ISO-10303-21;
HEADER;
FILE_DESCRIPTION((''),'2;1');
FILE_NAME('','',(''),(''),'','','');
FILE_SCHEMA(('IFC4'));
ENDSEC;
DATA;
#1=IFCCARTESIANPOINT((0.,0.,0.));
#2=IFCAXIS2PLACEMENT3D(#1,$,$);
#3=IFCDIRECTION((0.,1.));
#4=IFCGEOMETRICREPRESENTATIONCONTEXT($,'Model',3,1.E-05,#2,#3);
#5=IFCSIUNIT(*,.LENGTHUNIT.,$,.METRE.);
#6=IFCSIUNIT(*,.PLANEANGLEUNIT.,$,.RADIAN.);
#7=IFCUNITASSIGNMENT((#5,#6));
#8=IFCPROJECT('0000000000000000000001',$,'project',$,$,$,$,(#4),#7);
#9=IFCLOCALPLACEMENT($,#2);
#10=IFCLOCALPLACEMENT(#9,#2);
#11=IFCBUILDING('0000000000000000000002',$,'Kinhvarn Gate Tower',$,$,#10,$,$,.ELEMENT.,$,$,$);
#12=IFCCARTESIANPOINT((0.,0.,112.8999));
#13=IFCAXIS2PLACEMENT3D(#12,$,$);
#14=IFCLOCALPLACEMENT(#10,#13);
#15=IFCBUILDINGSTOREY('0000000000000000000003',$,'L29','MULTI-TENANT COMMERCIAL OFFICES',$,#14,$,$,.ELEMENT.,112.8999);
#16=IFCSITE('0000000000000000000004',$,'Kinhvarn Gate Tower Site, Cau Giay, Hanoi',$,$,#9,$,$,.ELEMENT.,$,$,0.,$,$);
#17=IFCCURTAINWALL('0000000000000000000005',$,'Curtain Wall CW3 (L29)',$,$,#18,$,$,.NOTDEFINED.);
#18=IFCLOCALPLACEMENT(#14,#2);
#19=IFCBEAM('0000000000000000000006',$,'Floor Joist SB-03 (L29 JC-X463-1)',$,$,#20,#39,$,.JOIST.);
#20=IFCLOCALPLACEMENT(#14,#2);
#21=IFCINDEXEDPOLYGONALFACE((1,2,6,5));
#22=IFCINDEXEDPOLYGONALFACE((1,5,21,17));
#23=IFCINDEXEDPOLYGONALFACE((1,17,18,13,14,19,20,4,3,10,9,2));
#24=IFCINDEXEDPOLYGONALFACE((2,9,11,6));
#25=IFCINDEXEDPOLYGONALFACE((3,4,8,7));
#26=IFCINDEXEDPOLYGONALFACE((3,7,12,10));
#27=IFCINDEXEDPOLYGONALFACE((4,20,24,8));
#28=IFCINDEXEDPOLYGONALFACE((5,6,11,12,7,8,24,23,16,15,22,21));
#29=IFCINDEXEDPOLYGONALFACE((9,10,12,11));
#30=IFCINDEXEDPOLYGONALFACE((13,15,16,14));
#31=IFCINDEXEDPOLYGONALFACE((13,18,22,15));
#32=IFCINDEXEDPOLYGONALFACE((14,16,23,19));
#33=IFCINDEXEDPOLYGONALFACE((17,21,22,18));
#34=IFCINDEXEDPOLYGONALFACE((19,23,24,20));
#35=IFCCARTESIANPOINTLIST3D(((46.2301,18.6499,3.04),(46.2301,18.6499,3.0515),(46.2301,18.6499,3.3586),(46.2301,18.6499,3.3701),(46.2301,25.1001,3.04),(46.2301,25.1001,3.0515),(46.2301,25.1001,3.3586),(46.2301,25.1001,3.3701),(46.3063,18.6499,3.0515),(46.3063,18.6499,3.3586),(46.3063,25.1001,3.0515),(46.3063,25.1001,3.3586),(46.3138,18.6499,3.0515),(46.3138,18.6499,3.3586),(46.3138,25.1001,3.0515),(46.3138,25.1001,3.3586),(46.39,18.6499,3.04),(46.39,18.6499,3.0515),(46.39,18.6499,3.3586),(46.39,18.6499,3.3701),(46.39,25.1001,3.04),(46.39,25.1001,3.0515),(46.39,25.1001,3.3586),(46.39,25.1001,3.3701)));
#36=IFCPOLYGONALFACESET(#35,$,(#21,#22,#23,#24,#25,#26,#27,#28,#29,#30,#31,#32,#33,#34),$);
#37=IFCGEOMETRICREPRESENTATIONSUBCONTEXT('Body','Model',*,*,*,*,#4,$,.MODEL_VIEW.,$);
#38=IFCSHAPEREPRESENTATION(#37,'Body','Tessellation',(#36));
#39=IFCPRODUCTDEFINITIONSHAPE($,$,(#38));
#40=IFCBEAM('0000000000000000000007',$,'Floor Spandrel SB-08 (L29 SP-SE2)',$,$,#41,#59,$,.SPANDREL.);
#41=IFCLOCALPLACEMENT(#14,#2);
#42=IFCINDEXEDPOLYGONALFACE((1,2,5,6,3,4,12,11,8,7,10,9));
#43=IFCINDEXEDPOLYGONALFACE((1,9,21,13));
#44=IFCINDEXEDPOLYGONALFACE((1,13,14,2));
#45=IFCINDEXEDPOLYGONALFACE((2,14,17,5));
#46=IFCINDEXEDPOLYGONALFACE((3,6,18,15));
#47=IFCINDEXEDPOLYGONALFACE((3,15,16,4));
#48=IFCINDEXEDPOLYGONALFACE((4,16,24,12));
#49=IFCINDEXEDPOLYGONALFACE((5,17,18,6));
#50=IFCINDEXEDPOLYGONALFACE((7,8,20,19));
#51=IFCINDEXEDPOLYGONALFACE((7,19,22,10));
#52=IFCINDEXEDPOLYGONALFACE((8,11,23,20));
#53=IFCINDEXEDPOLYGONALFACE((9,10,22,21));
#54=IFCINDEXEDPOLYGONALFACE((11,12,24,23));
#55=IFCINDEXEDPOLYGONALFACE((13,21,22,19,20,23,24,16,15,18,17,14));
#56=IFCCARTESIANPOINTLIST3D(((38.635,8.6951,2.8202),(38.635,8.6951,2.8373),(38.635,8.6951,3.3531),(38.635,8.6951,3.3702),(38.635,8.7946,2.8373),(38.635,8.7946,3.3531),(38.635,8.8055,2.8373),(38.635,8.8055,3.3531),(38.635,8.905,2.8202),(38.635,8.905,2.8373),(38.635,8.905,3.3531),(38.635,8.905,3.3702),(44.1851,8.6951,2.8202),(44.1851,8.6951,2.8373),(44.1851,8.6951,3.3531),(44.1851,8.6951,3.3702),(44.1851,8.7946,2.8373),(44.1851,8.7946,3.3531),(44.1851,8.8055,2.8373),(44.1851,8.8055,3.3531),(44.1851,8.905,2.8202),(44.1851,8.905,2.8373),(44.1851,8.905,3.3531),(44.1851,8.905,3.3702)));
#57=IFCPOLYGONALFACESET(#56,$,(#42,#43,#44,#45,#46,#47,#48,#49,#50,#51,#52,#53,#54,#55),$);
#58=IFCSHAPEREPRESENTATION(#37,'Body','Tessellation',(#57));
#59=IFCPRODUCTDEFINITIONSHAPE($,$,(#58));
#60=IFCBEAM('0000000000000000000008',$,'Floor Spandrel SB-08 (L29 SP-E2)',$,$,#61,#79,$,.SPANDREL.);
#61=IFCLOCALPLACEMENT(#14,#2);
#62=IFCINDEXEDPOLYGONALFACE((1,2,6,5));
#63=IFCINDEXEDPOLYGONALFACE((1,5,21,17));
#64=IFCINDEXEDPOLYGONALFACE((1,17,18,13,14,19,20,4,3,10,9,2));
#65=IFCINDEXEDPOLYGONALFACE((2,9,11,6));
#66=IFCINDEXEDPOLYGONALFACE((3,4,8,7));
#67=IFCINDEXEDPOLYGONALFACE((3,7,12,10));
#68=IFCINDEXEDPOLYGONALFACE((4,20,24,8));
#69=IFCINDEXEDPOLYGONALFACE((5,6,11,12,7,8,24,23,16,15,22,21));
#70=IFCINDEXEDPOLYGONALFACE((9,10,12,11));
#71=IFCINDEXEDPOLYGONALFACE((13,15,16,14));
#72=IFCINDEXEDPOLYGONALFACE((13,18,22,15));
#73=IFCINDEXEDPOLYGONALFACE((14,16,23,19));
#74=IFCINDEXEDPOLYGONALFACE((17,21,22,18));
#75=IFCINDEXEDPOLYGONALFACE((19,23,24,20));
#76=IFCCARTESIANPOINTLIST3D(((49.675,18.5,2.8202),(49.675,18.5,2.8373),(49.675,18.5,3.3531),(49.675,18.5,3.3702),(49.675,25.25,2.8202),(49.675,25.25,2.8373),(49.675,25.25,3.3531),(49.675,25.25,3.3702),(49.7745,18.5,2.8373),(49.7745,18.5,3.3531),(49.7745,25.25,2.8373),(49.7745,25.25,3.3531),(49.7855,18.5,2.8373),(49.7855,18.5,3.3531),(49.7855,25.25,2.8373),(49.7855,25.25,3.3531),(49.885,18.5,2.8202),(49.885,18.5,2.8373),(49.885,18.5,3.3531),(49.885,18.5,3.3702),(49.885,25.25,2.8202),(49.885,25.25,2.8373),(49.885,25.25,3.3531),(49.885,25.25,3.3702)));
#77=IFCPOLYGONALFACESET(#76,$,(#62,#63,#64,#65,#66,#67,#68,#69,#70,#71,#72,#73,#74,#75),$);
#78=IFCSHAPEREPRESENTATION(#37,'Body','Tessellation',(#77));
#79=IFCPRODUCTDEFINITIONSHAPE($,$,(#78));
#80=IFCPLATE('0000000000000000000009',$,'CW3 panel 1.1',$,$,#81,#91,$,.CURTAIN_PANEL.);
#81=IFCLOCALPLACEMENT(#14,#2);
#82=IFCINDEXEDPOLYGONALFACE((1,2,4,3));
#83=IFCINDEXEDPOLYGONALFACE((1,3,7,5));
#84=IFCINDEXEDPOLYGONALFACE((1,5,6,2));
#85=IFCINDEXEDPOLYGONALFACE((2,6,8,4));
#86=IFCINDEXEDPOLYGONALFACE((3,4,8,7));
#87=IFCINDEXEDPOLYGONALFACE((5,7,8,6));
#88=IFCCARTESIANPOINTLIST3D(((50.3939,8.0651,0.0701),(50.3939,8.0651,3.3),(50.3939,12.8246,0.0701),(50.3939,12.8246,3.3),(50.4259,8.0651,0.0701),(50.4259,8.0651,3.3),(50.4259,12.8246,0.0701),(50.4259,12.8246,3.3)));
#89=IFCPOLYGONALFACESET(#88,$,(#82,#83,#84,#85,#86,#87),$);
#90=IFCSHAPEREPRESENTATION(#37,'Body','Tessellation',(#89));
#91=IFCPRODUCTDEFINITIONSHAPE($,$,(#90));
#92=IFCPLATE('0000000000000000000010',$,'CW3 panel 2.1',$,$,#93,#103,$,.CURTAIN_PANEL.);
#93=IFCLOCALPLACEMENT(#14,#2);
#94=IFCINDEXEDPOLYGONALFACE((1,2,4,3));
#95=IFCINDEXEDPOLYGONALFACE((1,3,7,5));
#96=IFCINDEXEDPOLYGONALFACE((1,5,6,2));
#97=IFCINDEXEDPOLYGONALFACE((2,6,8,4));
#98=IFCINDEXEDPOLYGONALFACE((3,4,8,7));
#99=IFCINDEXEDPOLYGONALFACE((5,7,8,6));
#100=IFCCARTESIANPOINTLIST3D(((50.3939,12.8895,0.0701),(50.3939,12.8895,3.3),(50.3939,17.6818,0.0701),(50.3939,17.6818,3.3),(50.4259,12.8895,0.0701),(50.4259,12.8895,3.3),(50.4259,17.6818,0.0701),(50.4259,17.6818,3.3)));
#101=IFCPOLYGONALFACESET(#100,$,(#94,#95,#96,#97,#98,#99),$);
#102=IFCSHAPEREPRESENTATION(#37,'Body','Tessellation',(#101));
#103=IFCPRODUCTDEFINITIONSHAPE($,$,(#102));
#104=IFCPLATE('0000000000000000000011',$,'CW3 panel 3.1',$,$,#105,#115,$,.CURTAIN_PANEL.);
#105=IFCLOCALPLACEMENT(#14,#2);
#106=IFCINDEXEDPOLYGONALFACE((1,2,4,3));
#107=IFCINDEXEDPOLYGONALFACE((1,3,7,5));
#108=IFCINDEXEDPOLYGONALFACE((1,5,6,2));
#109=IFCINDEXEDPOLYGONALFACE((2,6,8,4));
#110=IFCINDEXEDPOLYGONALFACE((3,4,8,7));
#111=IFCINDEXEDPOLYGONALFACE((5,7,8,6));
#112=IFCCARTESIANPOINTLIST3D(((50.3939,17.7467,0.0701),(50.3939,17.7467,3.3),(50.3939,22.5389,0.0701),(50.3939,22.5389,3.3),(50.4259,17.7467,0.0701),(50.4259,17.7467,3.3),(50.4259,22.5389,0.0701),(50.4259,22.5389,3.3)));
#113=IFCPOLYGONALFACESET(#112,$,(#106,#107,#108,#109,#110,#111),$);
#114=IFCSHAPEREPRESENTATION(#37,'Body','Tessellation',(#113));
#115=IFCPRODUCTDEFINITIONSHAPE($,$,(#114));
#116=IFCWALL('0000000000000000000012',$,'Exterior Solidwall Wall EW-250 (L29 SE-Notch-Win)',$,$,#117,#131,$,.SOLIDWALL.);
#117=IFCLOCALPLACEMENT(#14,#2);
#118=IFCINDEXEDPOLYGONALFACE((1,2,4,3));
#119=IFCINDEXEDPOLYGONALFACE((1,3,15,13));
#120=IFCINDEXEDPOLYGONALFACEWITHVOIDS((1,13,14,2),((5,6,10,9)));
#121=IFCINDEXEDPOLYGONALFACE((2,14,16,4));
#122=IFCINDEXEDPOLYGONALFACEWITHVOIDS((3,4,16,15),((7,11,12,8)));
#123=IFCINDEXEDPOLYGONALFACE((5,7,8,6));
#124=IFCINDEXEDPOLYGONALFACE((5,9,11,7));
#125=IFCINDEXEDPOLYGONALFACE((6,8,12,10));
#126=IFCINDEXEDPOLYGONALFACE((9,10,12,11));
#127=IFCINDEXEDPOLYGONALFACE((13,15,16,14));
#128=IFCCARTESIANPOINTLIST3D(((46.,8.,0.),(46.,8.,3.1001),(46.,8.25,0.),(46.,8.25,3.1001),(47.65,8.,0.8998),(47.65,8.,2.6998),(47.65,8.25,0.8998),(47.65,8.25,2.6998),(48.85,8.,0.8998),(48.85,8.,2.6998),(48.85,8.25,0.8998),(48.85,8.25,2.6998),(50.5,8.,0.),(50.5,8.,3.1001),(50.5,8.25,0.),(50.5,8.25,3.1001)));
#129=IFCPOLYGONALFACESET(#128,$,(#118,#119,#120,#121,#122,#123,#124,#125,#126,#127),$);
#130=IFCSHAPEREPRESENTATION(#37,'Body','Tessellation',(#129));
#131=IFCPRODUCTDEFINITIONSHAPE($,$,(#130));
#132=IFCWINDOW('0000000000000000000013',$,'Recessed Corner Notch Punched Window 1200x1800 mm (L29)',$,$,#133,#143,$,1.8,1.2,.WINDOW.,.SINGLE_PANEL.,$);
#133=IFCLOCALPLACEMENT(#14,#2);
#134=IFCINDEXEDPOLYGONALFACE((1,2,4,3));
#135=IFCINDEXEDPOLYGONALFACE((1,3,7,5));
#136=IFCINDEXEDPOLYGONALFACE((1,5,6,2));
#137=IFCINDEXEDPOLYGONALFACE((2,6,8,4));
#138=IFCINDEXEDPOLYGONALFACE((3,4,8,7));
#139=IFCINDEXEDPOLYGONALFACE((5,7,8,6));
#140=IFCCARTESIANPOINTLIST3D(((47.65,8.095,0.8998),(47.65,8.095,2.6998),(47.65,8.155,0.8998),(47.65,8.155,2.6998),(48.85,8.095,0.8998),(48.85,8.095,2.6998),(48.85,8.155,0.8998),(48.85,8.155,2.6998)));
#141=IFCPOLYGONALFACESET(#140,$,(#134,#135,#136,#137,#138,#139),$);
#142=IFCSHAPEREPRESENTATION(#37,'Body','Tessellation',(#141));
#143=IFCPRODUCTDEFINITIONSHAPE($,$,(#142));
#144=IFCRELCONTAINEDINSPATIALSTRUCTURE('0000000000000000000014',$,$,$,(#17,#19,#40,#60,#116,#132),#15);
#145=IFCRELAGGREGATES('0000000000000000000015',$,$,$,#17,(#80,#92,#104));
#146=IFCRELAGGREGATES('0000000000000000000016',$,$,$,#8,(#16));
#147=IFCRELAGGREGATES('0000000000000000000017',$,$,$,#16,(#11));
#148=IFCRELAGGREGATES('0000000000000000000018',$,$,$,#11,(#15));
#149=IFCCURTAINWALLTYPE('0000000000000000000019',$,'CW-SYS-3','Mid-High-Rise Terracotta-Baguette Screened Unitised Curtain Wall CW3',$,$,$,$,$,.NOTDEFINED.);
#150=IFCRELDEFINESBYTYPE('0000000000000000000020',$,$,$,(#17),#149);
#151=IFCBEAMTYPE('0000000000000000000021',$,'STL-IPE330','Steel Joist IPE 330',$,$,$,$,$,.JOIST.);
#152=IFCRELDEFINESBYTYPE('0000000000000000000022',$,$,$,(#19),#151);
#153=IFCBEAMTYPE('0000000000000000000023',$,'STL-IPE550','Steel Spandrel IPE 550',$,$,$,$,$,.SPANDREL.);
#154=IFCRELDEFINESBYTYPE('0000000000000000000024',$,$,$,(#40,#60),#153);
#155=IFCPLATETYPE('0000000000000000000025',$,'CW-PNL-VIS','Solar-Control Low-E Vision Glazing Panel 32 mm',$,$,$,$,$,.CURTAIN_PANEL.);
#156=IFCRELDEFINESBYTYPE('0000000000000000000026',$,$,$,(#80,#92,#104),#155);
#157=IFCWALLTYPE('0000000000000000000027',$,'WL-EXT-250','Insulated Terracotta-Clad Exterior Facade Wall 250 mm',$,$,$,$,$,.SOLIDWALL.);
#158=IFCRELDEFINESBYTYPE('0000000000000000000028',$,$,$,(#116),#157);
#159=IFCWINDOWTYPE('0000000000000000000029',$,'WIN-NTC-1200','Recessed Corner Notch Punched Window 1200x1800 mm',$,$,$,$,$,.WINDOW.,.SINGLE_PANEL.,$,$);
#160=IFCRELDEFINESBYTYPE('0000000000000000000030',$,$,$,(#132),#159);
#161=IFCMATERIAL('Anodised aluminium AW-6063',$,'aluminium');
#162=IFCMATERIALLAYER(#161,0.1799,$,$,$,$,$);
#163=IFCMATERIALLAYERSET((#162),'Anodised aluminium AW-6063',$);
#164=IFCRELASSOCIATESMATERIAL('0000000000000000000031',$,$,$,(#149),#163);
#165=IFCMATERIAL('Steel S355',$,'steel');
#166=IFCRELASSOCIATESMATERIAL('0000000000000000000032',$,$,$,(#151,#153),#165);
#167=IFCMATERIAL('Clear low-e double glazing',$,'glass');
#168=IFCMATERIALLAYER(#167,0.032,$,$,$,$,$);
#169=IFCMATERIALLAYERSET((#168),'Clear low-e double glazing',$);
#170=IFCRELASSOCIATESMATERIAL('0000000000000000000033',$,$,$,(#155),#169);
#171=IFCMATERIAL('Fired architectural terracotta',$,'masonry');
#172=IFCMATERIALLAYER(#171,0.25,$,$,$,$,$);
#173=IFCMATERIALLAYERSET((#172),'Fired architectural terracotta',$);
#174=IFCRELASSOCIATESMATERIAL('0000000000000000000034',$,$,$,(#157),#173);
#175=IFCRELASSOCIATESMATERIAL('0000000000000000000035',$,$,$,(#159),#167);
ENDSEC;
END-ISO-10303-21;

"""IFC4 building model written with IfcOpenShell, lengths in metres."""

from ifc_helpers import new_model, si_unit, direction, frame, frame_2d, origin, origin_2d, place, context, subcontext, project, spatial, rectangle, i_section, extrude, material, layer, layer_set, material_profile, profile_set, type_object, element, fill, aggregate, save


model = new_model("IFC4")

# Units and contexts
model_context = context("Model", 3, precision=1e-05, world=origin(), true_north=direction((0.0, 1.0)))
body_context = subcontext(model_context, "Body", "Model", "MODEL_VIEW")
ifc_project = project(units=[si_unit("LENGTHUNIT", "METRE"), si_unit("PLANEANGLEUNIT", "RADIAN")], contexts=[model_context])

# Site, building, storey
site_placement = place(None, origin())
site = spatial("IfcSite", under=ifc_project, at=site_placement, Name="Kinhvarn Gate Tower Site, Cau Giay, Hanoi", CompositionType="ELEMENT", RefElevation=0.0)
building_placement = place(site_placement, origin())
building = spatial("IfcBuilding", under=site, at=building_placement, Name="Kinhvarn Gate Tower", CompositionType="ELEMENT")
storey_placement = place(building_placement, frame((0.0, 0.0, 112.8999)))
storey = spatial("IfcBuildingStorey", under=building, at=storey_placement, Name="L29", Description="MULTI-TENANT COMMERCIAL OFFICES", CompositionType="ELEMENT", Elevation=112.8999)

# Curtain wall
ifc_material_1 = material(Name="Anodised aluminium AW-6063", Category="aluminium")
ifc_layer_1 = layer(ifc_material_1, 0.1799)
ifc_layer_set_1 = layer_set([ifc_layer_1], Name="Anodised aluminium AW-6063")
curtain_wall_type = type_object("IfcCurtainWallType", Name="CW-SYS-3", Description="Mid-High-Rise Terracotta-Baguette Screened Unitised Curtain Wall CW3", PredefinedType="NOTDEFINED", material=ifc_layer_set_1)
curtain_wall_placement = place(storey_placement, origin())
curtain_wall = element("IfcCurtainWall", 1, at=curtain_wall_placement, inside=storey, type_object=curtain_wall_type, Name="Curtain Wall CW3 (L29)", PredefinedType="NOTDEFINED")

# Beams
ifc_material_2 = material(Name="Steel S355", Category="steel")
ifc_material_profile_1 = material_profile(ifc_material_2, i_section(OverallWidth=0.1599, OverallDepth=0.3301, WebThickness=0.0076, FlangeThickness=0.0115, at=origin_2d()), Name="IPE 330")
ifc_profile_set_1 = profile_set([ifc_material_profile_1], Name="Steel S355")
beam_type_1 = type_object("IfcBeamType", Name="STL-IPE330", Description="Steel Joist IPE 330", PredefinedType="JOIST", material=ifc_profile_set_1)
for number, where, z_axis, x_axis, name in (
    (2, (46.3101, 18.6499, 3.2051), (0.0, 1.0, 0.0), (-1.0, 0.0, 0.0), "Floor Joist SB-03 (L29 JC-X463-1)"),
):
    element("IfcBeam", number, at=place(storey_placement, frame(where, z_axis=z_axis, x_axis=x_axis)), inside=storey, type_object=beam_type_1, Name=name, PredefinedType="JOIST", context=body_context, shape_type="SweptSolid", body=[
        extrude(i_section(OverallWidth=0.1599, OverallDepth=0.3301, WebThickness=0.0076, FlangeThickness=0.0115, at=origin_2d()), origin(), (0.0, 0.0, 1.0), 6.4502),
    ])
ifc_material_profile_2 = material_profile(ifc_material_2, i_section(OverallWidth=0.21, OverallDepth=0.55, WebThickness=0.011, FlangeThickness=0.0171, at=origin_2d()), Name="IPE 550")
ifc_profile_set_2 = profile_set([ifc_material_profile_2], Name="Steel S355")
beam_type_2 = type_object("IfcBeamType", Name="STL-IPE550", Description="Steel Spandrel IPE 550", PredefinedType="SPANDREL", material=ifc_profile_set_2)
beam_1_placement = place(storey_placement, frame((38.635, 8.8, 3.0952), z_axis=(1.0, 0.0, 0.0), x_axis=(0.0, 1.0, 0.0)))
element("IfcBeam", 3, at=beam_1_placement, inside=storey, type_object=beam_type_2, Name="Floor Spandrel SB-08 (L29 SP-SE2)", PredefinedType="SPANDREL", context=body_context, shape_type="SweptSolid", body=[
    extrude(i_section(OverallWidth=0.21, OverallDepth=0.55, WebThickness=0.011, FlangeThickness=0.0171, at=origin_2d()), origin(), (0.0, 0.0, 1.0), 5.55),
])
beam_2_placement = place(storey_placement, frame((49.78, 18.5, 3.0952), z_axis=(0.0, 1.0, 0.0), x_axis=(-1.0, 0.0, 0.0)))
element("IfcBeam", 4, at=beam_2_placement, inside=storey, type_object=beam_type_2, Name="Floor Spandrel SB-08 (L29 SP-E2)", PredefinedType="SPANDREL", context=body_context, shape_type="SweptSolid", body=[
    extrude(i_section(OverallWidth=0.21, OverallDepth=0.55, WebThickness=0.011, FlangeThickness=0.0171, at=origin_2d()), origin(), (0.0, 0.0, 1.0), 6.75),
])

# Plates
ifc_material_3 = material(Name="Clear low-e double glazing", Category="glass")
ifc_layer_2 = layer(ifc_material_3, 0.032)
ifc_layer_set_2 = layer_set([ifc_layer_2], Name="Clear low-e double glazing")
plate_type = type_object("IfcPlateType", Name="CW-PNL-VIS", Description="Solar-Control Low-E Vision Glazing Panel 32 mm", PredefinedType="CURTAIN_PANEL", material=ifc_layer_set_2)
plate_1_placement = place(storey_placement, frame((50.4099, 10.4448, 0.0701), z_axis=(0.0, 0.0, 1.0), x_axis=(0.0, 1.0, 0.0)))
plate_1 = element("IfcPlate", 5, at=plate_1_placement, type_object=plate_type, Name="CW3 panel 1.1", PredefinedType="CURTAIN_PANEL", context=body_context, shape_type="SweptSolid", body=[
    extrude(rectangle(XDim=4.7595, YDim=0.032, at=origin_2d()), origin(), (0.0, 0.0, 1.0), 3.23),
])
plate_2_placement = place(storey_placement, frame((50.4099, 15.2856, 0.0701), z_axis=(0.0, 0.0, 1.0), x_axis=(0.0, 1.0, 0.0)))
plate_2 = element("IfcPlate", 6, at=plate_2_placement, type_object=plate_type, Name="CW3 panel 2.1", PredefinedType="CURTAIN_PANEL", context=body_context, shape_type="SweptSolid", body=[
    extrude(rectangle(XDim=4.7922, YDim=0.032, at=origin_2d()), origin(), (0.0, 0.0, 1.0), 3.23),
])
plate_3_placement = place(storey_placement, frame((50.4099, 20.1428, 0.0701), z_axis=(0.0, 0.0, 1.0), x_axis=(0.0, 1.0, 0.0)))
plate_3 = element("IfcPlate", 7, at=plate_3_placement, type_object=plate_type, Name="CW3 panel 3.1", PredefinedType="CURTAIN_PANEL", context=body_context, shape_type="SweptSolid", body=[
    extrude(rectangle(XDim=4.7922, YDim=0.032, at=origin_2d()), origin(), (0.0, 0.0, 1.0), 3.23),
])
aggregate(curtain_wall, [plate_1, plate_2, plate_3])

# Wall, opening, window
ifc_material_4 = material(Name="Fired architectural terracotta", Category="masonry")
ifc_layer_3 = layer(ifc_material_4, 0.25)
ifc_layer_set_3 = layer_set([ifc_layer_3], Name="Fired architectural terracotta")
wall_type = type_object("IfcWallType", Name="WL-EXT-250", Description="Insulated Terracotta-Clad Exterior Facade Wall 250 mm", PredefinedType="SOLIDWALL", material=ifc_layer_set_3)
wall_placement = place(storey_placement, frame((46.0, 8.125, 0.0), z_axis=(0.0, 0.0, 1.0), x_axis=(1.0, 0.0, 0.0)))
wall = element("IfcWall", 8, at=wall_placement, inside=storey, type_object=wall_type, Name="Exterior Solidwall Wall EW-250 (L29 SE-Notch-Win)", PredefinedType="SOLIDWALL", context=body_context, shape_type="SweptSolid", body=[
    extrude(rectangle(XDim=4.5, YDim=0.25, at=frame_2d((2.25, 0.0))), origin(), (0.0, 0.0, 1.0), 3.1001),
])
opening_placement = place(wall_placement, frame((1.6499, 0.0, 0.8999)))
opening = element("IfcOpeningElement", 9, at=opening_placement, cuts=wall, PredefinedType="OPENING", context=body_context, shape_type="SweptSolid", body=[
    extrude(rectangle(XDim=1.2, YDim=1.8, at=frame_2d((0.6001, 0.8999))), frame((0.0, 0.135, 0.0), z_axis=(0.0, -1.0, 0.0), x_axis=(1.0, 0.0, 0.0)), (0.0, 0.0, 1.0), 0.27),
])
window_type = type_object("IfcWindowType", Name="WIN-NTC-1200", Description="Recessed Corner Notch Punched Window 1200x1800 mm", PartitioningType="SINGLE_PANEL", PredefinedType="WINDOW", material=ifc_material_3)
window_placement = place(opening_placement, origin())
window = element("IfcWindow", 10, at=window_placement, inside=storey, type_object=window_type, Name="Recessed Corner Notch Punched Window 1200x1800 mm (L29)", OverallHeight=1.8, OverallWidth=1.2, PartitioningType="SINGLE_PANEL", PredefinedType="WINDOW", context=body_context, shape_type="SweptSolid", body=[
    extrude(rectangle(XDim=1.2, YDim=1.8, at=frame_2d((0.6001, 0.8999))), frame((0.0, 0.03, 0.0), z_axis=(0.0, -1.0, 0.0), x_axis=(1.0, 0.0, 0.0)), (0.0, 0.0, 1.0), 0.0601),
])
fill(opening, window)

save(model, "model.ifc")
